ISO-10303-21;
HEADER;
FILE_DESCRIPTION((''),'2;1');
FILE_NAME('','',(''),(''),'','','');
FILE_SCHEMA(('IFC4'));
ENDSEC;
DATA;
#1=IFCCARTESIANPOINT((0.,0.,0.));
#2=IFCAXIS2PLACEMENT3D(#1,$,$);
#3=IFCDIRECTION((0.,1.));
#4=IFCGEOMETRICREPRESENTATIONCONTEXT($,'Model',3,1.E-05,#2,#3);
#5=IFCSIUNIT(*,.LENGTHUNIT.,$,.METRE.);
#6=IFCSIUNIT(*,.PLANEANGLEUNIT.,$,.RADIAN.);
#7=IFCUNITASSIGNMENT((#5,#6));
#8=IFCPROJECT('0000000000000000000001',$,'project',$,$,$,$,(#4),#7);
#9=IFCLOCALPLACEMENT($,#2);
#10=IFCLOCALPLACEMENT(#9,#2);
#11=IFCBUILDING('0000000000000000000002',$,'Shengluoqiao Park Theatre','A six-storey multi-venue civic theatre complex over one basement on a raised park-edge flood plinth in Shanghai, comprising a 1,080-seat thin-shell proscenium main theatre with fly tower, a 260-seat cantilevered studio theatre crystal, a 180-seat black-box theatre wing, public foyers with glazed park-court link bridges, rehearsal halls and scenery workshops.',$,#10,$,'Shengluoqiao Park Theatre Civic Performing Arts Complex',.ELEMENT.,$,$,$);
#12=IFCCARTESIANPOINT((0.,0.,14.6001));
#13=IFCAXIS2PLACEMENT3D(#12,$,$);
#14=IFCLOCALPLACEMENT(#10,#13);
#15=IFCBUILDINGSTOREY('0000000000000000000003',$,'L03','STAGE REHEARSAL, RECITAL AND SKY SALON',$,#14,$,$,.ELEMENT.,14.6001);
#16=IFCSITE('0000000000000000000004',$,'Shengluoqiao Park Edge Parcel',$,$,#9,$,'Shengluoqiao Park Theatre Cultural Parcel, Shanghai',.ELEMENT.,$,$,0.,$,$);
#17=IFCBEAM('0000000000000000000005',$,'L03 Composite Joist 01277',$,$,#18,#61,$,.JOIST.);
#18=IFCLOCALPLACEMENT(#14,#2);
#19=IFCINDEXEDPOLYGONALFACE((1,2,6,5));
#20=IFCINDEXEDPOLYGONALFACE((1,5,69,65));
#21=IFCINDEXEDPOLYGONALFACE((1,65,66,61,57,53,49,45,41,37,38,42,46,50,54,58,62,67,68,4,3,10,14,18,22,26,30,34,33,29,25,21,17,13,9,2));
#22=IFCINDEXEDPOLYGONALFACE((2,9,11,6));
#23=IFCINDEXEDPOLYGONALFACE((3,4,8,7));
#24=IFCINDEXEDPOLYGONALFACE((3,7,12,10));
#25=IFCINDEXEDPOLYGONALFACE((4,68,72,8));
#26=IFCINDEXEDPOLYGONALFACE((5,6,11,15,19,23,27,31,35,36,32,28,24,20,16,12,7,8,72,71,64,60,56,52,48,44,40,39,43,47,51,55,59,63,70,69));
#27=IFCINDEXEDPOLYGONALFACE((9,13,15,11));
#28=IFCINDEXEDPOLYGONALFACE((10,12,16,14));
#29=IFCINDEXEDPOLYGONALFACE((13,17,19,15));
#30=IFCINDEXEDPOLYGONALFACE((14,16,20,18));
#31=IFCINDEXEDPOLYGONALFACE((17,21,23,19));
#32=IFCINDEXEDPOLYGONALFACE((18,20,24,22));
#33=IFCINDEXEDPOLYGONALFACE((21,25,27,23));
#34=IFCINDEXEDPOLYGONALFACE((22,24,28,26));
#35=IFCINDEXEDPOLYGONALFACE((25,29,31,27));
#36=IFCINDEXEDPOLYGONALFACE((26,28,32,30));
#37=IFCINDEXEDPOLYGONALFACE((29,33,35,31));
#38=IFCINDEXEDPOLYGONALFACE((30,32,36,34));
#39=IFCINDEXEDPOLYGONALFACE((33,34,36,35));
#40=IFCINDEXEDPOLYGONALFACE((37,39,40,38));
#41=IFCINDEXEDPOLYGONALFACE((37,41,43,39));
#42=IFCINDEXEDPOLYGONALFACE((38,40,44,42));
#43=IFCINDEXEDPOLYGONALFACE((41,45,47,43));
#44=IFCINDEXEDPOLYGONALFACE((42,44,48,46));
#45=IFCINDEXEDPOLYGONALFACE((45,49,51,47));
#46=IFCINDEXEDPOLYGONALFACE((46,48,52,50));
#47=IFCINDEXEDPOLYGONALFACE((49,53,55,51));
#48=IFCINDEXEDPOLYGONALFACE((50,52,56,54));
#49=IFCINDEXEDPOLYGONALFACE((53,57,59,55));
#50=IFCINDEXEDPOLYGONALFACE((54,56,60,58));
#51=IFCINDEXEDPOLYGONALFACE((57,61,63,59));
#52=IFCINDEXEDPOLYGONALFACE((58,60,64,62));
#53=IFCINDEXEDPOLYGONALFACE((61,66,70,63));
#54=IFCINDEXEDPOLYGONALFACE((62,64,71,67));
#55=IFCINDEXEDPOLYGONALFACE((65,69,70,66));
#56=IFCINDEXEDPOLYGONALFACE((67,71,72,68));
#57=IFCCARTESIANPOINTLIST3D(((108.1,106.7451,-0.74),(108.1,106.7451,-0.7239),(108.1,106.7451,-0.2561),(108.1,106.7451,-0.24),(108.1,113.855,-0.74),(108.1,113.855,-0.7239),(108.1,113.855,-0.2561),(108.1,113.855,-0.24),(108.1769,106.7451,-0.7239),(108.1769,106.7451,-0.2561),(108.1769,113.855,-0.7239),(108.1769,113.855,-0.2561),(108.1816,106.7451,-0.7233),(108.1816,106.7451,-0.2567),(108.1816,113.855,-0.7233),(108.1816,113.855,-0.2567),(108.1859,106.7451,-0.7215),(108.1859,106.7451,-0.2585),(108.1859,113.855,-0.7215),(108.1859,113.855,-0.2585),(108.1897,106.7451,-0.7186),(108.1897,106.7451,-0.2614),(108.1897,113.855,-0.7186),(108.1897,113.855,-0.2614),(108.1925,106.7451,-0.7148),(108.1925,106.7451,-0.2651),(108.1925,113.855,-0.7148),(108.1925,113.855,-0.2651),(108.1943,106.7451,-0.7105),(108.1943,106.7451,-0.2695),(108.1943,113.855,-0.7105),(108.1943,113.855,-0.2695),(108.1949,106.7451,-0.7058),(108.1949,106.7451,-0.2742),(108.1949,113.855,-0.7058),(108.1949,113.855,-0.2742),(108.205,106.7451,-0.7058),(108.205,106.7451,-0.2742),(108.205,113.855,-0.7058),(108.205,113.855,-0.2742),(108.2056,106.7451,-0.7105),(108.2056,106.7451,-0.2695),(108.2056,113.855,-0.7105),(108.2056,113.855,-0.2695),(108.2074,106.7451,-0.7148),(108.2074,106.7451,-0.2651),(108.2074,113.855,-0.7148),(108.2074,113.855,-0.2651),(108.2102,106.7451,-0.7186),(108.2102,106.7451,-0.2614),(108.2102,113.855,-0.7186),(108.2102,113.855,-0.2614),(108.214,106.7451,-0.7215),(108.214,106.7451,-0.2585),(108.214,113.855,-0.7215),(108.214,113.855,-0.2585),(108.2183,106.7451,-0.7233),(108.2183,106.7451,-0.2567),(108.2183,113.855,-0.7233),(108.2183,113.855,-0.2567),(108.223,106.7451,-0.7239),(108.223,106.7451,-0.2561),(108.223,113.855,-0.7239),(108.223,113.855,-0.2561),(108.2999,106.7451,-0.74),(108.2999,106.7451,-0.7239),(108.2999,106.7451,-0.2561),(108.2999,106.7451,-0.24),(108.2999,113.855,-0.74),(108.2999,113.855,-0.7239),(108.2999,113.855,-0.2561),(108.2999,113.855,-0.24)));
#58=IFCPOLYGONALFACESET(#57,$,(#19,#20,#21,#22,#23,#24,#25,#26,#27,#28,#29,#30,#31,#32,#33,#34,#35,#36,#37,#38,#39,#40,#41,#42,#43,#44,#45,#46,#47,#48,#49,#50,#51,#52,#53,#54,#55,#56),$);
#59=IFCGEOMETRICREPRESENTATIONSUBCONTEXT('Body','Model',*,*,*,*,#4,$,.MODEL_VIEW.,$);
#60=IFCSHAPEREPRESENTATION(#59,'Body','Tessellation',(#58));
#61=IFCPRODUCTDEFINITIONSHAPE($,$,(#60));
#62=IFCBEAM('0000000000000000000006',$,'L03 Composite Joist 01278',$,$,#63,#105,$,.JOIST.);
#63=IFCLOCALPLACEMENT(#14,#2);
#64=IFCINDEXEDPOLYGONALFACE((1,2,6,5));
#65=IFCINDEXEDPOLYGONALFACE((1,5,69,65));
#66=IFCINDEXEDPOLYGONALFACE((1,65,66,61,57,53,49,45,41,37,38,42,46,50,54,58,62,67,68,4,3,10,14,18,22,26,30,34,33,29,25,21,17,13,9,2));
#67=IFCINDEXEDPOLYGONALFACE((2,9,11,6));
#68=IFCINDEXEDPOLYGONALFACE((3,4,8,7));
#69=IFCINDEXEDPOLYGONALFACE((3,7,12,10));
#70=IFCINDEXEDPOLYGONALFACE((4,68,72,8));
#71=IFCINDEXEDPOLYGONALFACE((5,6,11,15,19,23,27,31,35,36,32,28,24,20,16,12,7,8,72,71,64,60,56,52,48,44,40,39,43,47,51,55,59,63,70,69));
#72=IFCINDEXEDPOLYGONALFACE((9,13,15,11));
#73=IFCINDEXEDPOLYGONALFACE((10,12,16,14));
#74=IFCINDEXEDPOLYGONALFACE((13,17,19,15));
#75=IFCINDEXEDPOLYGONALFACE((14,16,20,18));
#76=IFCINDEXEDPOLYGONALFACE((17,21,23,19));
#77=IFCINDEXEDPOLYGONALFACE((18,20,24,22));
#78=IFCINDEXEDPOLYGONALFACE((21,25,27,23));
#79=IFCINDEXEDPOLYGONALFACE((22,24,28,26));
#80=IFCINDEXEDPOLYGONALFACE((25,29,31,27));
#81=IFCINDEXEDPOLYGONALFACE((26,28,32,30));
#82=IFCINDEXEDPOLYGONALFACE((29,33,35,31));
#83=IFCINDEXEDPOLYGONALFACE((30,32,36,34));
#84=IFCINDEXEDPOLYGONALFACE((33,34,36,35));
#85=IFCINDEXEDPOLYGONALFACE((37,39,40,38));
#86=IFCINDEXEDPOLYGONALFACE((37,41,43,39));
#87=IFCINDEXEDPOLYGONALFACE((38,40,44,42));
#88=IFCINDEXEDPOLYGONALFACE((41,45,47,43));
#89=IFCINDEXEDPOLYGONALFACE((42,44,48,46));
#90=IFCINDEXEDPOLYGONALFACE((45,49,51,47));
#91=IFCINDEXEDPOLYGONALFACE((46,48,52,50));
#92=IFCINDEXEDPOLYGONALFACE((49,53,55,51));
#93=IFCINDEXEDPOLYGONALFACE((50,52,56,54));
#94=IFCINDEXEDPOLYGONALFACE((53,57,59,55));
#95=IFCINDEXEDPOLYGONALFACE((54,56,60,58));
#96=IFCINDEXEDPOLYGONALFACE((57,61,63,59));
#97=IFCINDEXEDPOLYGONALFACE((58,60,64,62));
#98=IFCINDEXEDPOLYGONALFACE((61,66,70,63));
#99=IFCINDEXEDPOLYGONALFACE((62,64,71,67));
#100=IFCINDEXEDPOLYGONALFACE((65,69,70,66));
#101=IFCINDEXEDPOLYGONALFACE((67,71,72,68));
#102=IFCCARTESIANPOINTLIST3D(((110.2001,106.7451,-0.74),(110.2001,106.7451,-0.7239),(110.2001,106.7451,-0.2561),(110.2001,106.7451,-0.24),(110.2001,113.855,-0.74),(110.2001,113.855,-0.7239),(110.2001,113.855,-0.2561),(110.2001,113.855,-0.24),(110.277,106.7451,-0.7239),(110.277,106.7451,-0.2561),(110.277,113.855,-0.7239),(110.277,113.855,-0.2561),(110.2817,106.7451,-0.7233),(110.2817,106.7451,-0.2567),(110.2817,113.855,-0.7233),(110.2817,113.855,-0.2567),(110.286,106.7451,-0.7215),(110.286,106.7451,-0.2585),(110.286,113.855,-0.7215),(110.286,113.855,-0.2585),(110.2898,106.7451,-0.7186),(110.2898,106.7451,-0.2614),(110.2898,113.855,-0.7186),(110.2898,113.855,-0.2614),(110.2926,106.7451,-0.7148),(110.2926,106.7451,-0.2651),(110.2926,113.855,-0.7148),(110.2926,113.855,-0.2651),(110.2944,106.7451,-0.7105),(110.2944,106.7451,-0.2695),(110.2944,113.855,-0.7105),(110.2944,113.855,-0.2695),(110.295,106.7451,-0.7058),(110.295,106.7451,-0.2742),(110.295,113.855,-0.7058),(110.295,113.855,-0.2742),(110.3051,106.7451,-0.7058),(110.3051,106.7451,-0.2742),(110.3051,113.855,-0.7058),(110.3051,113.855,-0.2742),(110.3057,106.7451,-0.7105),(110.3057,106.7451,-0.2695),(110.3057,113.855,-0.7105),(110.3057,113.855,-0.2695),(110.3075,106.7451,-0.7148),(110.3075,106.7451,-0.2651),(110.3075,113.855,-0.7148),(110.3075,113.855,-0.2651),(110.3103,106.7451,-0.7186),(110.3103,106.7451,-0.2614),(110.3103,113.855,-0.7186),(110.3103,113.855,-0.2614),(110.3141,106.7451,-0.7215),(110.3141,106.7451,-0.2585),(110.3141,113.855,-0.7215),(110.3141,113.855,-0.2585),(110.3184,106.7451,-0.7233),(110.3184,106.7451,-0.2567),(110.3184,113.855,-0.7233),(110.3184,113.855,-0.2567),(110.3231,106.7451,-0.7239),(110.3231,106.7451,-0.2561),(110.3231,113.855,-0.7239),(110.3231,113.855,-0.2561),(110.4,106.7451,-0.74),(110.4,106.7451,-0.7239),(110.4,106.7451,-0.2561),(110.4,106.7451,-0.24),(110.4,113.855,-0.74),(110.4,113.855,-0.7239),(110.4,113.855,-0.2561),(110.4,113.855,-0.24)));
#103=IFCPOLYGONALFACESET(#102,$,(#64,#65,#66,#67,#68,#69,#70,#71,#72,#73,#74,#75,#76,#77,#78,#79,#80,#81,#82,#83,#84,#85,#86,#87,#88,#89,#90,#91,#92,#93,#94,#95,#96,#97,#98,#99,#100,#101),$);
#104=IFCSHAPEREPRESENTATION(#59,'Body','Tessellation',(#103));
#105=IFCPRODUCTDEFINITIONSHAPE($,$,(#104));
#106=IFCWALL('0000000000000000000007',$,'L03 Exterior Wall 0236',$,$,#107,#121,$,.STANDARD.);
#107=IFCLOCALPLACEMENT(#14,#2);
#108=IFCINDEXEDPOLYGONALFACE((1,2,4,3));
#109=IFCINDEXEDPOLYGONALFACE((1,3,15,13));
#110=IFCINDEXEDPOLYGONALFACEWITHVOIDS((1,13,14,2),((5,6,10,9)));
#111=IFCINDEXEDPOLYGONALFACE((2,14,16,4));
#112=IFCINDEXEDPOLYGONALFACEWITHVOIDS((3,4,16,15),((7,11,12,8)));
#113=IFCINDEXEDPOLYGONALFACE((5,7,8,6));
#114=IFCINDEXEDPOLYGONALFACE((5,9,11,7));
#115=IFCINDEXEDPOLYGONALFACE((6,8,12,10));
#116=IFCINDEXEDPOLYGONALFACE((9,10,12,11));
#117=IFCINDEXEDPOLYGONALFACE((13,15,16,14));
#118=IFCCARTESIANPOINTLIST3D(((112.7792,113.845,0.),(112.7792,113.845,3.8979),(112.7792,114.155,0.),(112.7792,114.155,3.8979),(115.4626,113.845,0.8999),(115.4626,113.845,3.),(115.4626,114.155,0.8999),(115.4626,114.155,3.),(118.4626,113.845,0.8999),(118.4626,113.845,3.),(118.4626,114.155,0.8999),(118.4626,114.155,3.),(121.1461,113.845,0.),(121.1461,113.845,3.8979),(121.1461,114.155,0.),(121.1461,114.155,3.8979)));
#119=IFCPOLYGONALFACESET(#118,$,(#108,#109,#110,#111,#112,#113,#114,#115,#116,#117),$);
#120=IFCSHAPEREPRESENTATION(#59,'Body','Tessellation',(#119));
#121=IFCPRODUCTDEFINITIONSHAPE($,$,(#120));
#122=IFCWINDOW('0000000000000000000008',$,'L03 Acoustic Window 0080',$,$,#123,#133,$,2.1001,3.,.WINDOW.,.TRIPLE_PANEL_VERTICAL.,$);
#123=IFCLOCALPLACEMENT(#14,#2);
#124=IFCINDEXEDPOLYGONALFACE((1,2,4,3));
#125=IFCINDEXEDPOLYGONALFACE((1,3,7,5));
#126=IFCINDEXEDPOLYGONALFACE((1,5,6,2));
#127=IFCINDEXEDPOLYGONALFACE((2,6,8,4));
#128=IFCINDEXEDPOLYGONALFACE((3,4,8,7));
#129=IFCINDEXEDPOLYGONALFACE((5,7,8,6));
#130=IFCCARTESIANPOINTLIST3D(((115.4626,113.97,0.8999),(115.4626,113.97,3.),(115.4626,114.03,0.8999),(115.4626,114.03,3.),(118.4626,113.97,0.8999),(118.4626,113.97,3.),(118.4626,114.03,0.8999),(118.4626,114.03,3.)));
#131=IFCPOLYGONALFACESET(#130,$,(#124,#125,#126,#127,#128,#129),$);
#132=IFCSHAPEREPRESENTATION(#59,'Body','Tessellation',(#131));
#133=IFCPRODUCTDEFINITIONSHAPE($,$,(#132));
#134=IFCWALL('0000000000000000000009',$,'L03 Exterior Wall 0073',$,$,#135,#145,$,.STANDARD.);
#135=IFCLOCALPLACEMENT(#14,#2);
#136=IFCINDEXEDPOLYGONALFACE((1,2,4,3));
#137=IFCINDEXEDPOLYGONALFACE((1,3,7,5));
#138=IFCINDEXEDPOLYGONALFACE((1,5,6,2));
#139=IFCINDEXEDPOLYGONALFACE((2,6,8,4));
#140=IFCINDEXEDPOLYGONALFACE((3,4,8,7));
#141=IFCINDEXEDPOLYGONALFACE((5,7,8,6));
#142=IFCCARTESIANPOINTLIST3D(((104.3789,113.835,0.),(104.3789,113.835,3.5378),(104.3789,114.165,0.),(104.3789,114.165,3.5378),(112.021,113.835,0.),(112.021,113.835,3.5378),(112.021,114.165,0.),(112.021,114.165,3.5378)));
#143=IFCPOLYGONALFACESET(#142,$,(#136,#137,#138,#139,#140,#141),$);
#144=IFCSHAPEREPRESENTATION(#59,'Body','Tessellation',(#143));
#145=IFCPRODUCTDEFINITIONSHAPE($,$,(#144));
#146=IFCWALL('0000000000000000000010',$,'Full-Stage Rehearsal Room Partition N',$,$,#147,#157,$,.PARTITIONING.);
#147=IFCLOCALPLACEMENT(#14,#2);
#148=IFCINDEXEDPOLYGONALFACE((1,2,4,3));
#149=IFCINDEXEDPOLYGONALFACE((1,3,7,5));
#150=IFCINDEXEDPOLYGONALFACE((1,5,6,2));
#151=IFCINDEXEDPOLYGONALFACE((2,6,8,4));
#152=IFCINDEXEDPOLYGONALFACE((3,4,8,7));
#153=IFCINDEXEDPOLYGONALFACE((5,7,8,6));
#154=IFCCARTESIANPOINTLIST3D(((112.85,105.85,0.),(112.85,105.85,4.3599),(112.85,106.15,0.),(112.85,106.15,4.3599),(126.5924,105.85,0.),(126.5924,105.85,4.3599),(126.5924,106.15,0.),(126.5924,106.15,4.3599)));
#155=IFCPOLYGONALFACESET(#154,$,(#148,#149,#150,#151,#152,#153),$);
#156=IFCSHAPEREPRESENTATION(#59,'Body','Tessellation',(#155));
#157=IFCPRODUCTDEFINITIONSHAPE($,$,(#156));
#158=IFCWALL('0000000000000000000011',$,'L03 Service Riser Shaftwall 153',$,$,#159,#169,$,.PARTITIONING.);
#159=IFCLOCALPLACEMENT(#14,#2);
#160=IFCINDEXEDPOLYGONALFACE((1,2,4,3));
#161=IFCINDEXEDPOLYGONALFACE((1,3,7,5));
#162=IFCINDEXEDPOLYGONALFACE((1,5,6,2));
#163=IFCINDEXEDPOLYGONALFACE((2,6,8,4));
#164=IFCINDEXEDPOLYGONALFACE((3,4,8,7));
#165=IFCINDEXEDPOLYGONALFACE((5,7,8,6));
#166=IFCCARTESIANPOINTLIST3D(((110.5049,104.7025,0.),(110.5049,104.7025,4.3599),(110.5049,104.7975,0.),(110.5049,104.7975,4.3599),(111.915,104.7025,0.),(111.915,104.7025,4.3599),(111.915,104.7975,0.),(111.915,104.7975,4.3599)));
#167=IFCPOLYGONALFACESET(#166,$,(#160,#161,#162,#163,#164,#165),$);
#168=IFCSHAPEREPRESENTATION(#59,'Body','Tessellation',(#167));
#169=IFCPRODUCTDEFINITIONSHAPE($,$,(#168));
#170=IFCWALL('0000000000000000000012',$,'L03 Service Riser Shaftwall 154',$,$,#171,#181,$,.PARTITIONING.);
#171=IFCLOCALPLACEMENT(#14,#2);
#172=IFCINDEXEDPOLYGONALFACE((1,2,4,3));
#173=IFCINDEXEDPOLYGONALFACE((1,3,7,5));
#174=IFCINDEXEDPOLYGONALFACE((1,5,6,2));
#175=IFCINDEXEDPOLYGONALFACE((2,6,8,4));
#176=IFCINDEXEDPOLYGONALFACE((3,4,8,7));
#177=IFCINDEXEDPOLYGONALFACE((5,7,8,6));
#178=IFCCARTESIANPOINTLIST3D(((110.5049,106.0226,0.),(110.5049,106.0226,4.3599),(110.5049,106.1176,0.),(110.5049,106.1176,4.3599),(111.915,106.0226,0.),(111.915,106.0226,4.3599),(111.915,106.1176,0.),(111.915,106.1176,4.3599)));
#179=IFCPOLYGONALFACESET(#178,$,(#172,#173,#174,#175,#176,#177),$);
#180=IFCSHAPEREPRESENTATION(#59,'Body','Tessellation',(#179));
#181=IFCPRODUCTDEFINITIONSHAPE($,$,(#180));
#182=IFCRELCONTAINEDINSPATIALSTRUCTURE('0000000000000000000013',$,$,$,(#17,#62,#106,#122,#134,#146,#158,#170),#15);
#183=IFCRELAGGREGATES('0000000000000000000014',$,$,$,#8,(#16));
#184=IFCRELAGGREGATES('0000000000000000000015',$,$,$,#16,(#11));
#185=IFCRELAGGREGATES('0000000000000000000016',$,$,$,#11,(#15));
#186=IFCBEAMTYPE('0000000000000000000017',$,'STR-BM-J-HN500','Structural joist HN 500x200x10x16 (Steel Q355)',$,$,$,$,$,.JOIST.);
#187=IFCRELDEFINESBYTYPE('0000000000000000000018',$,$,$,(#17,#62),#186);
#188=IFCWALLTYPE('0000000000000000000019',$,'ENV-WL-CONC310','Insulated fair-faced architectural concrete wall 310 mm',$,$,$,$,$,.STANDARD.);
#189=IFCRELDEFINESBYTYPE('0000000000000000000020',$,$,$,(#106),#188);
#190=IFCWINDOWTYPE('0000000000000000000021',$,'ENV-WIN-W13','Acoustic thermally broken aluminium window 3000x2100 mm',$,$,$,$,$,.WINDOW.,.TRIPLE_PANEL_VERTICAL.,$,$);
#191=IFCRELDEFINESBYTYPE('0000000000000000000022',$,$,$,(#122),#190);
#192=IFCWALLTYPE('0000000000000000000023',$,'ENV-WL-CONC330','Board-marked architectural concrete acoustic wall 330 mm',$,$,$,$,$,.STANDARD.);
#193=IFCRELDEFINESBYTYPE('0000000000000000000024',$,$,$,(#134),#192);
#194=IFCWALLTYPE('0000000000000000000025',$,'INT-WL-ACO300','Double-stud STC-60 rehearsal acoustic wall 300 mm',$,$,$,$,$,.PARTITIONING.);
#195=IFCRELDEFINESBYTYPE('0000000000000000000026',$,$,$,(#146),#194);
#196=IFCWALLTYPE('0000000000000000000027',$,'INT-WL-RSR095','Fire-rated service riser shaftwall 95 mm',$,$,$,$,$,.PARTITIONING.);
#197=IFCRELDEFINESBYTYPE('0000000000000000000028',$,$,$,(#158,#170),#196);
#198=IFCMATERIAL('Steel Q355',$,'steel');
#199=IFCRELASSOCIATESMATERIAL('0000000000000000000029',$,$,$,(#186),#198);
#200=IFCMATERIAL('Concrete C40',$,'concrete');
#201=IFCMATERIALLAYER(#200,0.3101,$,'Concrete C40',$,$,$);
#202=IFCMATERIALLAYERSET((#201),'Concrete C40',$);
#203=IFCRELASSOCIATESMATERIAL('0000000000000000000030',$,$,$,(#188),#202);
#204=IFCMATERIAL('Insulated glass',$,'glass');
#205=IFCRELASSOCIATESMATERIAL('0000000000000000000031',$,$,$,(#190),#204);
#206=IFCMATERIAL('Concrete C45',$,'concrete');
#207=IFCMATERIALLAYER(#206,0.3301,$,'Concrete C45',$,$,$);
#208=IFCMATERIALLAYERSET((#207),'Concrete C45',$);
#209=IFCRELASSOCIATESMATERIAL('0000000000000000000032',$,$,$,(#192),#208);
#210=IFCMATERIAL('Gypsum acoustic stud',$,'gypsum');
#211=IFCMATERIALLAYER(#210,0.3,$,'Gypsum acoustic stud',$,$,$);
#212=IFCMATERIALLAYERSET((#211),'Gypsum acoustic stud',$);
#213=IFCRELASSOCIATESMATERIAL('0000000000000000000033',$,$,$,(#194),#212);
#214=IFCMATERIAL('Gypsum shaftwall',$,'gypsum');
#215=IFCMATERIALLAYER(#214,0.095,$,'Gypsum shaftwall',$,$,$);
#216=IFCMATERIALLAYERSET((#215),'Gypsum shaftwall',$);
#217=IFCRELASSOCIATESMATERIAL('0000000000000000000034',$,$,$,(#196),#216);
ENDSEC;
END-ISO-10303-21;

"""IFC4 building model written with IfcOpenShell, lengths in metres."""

from ifc_helpers import new_model, si_unit, direction, frame, frame_2d, origin, origin_2d, place, context, subcontext, project, spatial, rectangle, i_section, extrude, material, layer, layer_set, material_profile, profile_set, type_object, element, fill, save


model = new_model("IFC4")

# Units and contexts
model_context = context("Model", 3, precision=1e-05, world=origin(), true_north=direction((0.0, 1.0)))
body_context = subcontext(model_context, "Body", "Model", "MODEL_VIEW")
ifc_project = project(units=[si_unit("LENGTHUNIT", "METRE"), si_unit("PLANEANGLEUNIT", "RADIAN")], contexts=[model_context])

# Site, building, storey
site_placement = place(None, origin())
site = spatial("IfcSite", under=ifc_project, at=site_placement, Name="Shengluoqiao Park Edge Parcel", LongName="Shengluoqiao Park Theatre Cultural Parcel, Shanghai", CompositionType="ELEMENT", RefElevation=0.0)
building_placement = place(site_placement, origin())
building = spatial("IfcBuilding", under=site, at=building_placement, Name="Shengluoqiao Park Theatre", Description="A six-storey multi-venue civic theatre complex over one basement on a raised park-edge flood plinth in Shanghai, comprising a 1,080-seat thin-shell proscenium main theatre with fly tower, a 260-seat cantilevered studio theatre crystal, a 180-seat black-box theatre wing, public foyers with glazed park-court link bridges, rehearsal halls and scenery workshops.", LongName="Shengluoqiao Park Theatre Civic Performing Arts Complex", CompositionType="ELEMENT")
storey_placement = place(building_placement, frame((0.0, 0.0, 14.6001)))
storey = spatial("IfcBuildingStorey", under=building, at=storey_placement, Name="L03", Description="STAGE REHEARSAL, RECITAL AND SKY SALON", CompositionType="ELEMENT", Elevation=14.6001)

# Beams
ifc_material_1 = material(Name="Steel Q355", Category="steel")
ifc_material_profile_1 = material_profile(ifc_material_1, i_section(OverallWidth=0.2, OverallDepth=0.5, WebThickness=0.01, FlangeThickness=0.0161, FilletRadius=0.0181, at=origin_2d()), Name="HN 500x200x10x16")
ifc_profile_set_1 = profile_set([ifc_material_profile_1], Name="Steel Q355")
beam_type_1 = type_object("IfcBeamType", Name="STR-BM-J-HN500", Description="Structural joist HN 500x200x10x16 (Steel Q355)", PredefinedType="JOIST", material=ifc_profile_set_1)
for number, where, z_axis, x_axis, name in (
    (1, (108.2, 106.7451, -0.49), (0.0, 1.0, 0.0), (-1.0, 0.0, 0.0), "L03 Composite Joist 01277"),
    (2, (110.3, 106.7451, -0.49), (0.0, 1.0, 0.0), (-1.0, 0.0, 0.0), "L03 Composite Joist 01278"),
):
    element("IfcBeam", number, at=place(storey_placement, frame(where, z_axis=z_axis, x_axis=x_axis)), inside=storey, type_object=beam_type_1, Name=name, PredefinedType="JOIST", context=body_context, shape_type="SweptSolid", body=[
        extrude(i_section(OverallWidth=0.2, OverallDepth=0.5, WebThickness=0.01, FlangeThickness=0.0161, FilletRadius=0.0181, at=origin_2d()), origin(), (0.0, 0.0, 1.0), 7.1099),
    ])

# Wall, opening, window
ifc_material_2 = material(Name="Concrete C40", Category="concrete")
ifc_layer_1 = layer(ifc_material_2, 0.3101, Name="Concrete C40")
ifc_layer_set_1 = layer_set([ifc_layer_1], Name="Concrete C40")
wall_type_1 = type_object("IfcWallType", Name="ENV-WL-CONC310", Description="Insulated fair-faced architectural concrete wall 310 mm", PredefinedType="STANDARD", material=ifc_layer_set_1)
wall_1_placement = place(storey_placement, frame((112.7791, 114.0, 0.0), z_axis=(0.0, 0.0, 1.0), x_axis=(1.0, 0.0, 0.0)))
wall_1 = element("IfcWall", 3, at=wall_1_placement, inside=storey, type_object=wall_type_1, Name="L03 Exterior Wall 0236", PredefinedType="STANDARD", context=body_context, shape_type="SweptSolid", body=[
    extrude(rectangle(XDim=8.3669, YDim=0.3101, at=frame_2d((4.1836, 0.0))), origin(), (0.0, 0.0, 1.0), 3.8979),
])
opening_placement = place(wall_1_placement, frame((2.6836, 0.0, 0.8999)))
opening = element("IfcOpeningElement", 4, at=opening_placement, cuts=wall_1, PredefinedType="OPENING", context=body_context, shape_type="SweptSolid", body=[
    extrude(rectangle(XDim=3.0, YDim=2.1001, at=frame_2d((1.5, 1.05))), frame((0.0, 0.165, 0.0), z_axis=(0.0, -1.0, 0.0), x_axis=(1.0, 0.0, 0.0)), (0.0, 0.0, 1.0), 0.3301),
])
ifc_material_3 = material(Name="Insulated glass", Category="glass")
window_type = type_object("IfcWindowType", Name="ENV-WIN-W13", Description="Acoustic thermally broken aluminium window 3000x2100 mm", PartitioningType="TRIPLE_PANEL_VERTICAL", PredefinedType="WINDOW", material=ifc_material_3)
window_placement = place(opening_placement, origin())
window = element("IfcWindow", 5, at=window_placement, inside=storey, type_object=window_type, Name="L03 Acoustic Window 0080", OverallHeight=2.1001, OverallWidth=3.0, PartitioningType="TRIPLE_PANEL_VERTICAL", PredefinedType="WINDOW", context=body_context, shape_type="SweptSolid", body=[
    extrude(rectangle(XDim=3.0, YDim=2.1001, at=frame_2d((1.5, 1.05))), frame((0.0, 0.03, 0.0), z_axis=(0.0, -1.0, 0.0), x_axis=(1.0, 0.0, 0.0)), (0.0, 0.0, 1.0), 0.0601),
])
fill(opening, window)

# Walls
ifc_material_4 = material(Name="Concrete C45", Category="concrete")
ifc_layer_2 = layer(ifc_material_4, 0.3301, Name="Concrete C45")
ifc_layer_set_2 = layer_set([ifc_layer_2], Name="Concrete C45")
wall_type_2 = type_object("IfcWallType", Name="ENV-WL-CONC330", Description="Board-marked architectural concrete acoustic wall 330 mm", PredefinedType="STANDARD", material=ifc_layer_set_2)
wall_2_placement = place(storey_placement, frame((104.3789, 114.0, 0.0), z_axis=(0.0, 0.0, 1.0), x_axis=(1.0, 0.0, 0.0)))
element("IfcWall", 6, at=wall_2_placement, inside=storey, type_object=wall_type_2, Name="L03 Exterior Wall 0073", PredefinedType="STANDARD", context=body_context, shape_type="SweptSolid", body=[
    extrude(rectangle(XDim=7.6421, YDim=0.3301, at=frame_2d((3.821, 0.0))), origin(), (0.0, 0.0, 1.0), 3.5378),
])
ifc_material_5 = material(Name="Gypsum acoustic stud", Category="gypsum")
ifc_layer_3 = layer(ifc_material_5, 0.3, Name="Gypsum acoustic stud")
ifc_layer_set_3 = layer_set([ifc_layer_3], Name="Gypsum acoustic stud")
wall_type_3 = type_object("IfcWallType", Name="INT-WL-ACO300", Description="Double-stud STC-60 rehearsal acoustic wall 300 mm", PredefinedType="PARTITIONING", material=ifc_layer_set_3)
wall_3_placement = place(storey_placement, frame((112.8501, 106.0, 0.0), z_axis=(0.0, 0.0, 1.0), x_axis=(1.0, 0.0, 0.0)))
element("IfcWall", 7, at=wall_3_placement, inside=storey, type_object=wall_type_3, Name="Full-Stage Rehearsal Room Partition N", PredefinedType="PARTITIONING", context=body_context, shape_type="SweptSolid", body=[
    extrude(rectangle(XDim=13.7424, YDim=0.3, at=frame_2d((6.8711, 0.0))), origin(), (0.0, 0.0, 1.0), 4.3599),
])
ifc_material_6 = material(Name="Gypsum shaftwall", Category="gypsum")
ifc_layer_4 = layer(ifc_material_6, 0.095, Name="Gypsum shaftwall")
ifc_layer_set_4 = layer_set([ifc_layer_4], Name="Gypsum shaftwall")
wall_type_4 = type_object("IfcWallType", Name="INT-WL-RSR095", Description="Fire-rated service riser shaftwall 95 mm", PredefinedType="PARTITIONING", material=ifc_layer_set_4)
for number, where, z_axis, x_axis, name in (
    (8, (110.5049, 104.75, 0.0), (0.0, 0.0, 1.0), (1.0, 0.0, 0.0), "L03 Service Riser Shaftwall 153"),
    (9, (110.5049, 106.0701, 0.0), (0.0, 0.0, 1.0), (1.0, 0.0, 0.0), "L03 Service Riser Shaftwall 154"),
):
    element("IfcWall", number, at=place(storey_placement, frame(where, z_axis=z_axis, x_axis=x_axis)), inside=storey, type_object=wall_type_4, Name=name, PredefinedType="PARTITIONING", context=body_context, shape_type="SweptSolid", body=[
        extrude(rectangle(XDim=1.4102, YDim=0.095, at=frame_2d((0.7051, 0.0))), origin(), (0.0, 0.0, 1.0), 4.3599),
    ])

save(model, "model.ifc")
